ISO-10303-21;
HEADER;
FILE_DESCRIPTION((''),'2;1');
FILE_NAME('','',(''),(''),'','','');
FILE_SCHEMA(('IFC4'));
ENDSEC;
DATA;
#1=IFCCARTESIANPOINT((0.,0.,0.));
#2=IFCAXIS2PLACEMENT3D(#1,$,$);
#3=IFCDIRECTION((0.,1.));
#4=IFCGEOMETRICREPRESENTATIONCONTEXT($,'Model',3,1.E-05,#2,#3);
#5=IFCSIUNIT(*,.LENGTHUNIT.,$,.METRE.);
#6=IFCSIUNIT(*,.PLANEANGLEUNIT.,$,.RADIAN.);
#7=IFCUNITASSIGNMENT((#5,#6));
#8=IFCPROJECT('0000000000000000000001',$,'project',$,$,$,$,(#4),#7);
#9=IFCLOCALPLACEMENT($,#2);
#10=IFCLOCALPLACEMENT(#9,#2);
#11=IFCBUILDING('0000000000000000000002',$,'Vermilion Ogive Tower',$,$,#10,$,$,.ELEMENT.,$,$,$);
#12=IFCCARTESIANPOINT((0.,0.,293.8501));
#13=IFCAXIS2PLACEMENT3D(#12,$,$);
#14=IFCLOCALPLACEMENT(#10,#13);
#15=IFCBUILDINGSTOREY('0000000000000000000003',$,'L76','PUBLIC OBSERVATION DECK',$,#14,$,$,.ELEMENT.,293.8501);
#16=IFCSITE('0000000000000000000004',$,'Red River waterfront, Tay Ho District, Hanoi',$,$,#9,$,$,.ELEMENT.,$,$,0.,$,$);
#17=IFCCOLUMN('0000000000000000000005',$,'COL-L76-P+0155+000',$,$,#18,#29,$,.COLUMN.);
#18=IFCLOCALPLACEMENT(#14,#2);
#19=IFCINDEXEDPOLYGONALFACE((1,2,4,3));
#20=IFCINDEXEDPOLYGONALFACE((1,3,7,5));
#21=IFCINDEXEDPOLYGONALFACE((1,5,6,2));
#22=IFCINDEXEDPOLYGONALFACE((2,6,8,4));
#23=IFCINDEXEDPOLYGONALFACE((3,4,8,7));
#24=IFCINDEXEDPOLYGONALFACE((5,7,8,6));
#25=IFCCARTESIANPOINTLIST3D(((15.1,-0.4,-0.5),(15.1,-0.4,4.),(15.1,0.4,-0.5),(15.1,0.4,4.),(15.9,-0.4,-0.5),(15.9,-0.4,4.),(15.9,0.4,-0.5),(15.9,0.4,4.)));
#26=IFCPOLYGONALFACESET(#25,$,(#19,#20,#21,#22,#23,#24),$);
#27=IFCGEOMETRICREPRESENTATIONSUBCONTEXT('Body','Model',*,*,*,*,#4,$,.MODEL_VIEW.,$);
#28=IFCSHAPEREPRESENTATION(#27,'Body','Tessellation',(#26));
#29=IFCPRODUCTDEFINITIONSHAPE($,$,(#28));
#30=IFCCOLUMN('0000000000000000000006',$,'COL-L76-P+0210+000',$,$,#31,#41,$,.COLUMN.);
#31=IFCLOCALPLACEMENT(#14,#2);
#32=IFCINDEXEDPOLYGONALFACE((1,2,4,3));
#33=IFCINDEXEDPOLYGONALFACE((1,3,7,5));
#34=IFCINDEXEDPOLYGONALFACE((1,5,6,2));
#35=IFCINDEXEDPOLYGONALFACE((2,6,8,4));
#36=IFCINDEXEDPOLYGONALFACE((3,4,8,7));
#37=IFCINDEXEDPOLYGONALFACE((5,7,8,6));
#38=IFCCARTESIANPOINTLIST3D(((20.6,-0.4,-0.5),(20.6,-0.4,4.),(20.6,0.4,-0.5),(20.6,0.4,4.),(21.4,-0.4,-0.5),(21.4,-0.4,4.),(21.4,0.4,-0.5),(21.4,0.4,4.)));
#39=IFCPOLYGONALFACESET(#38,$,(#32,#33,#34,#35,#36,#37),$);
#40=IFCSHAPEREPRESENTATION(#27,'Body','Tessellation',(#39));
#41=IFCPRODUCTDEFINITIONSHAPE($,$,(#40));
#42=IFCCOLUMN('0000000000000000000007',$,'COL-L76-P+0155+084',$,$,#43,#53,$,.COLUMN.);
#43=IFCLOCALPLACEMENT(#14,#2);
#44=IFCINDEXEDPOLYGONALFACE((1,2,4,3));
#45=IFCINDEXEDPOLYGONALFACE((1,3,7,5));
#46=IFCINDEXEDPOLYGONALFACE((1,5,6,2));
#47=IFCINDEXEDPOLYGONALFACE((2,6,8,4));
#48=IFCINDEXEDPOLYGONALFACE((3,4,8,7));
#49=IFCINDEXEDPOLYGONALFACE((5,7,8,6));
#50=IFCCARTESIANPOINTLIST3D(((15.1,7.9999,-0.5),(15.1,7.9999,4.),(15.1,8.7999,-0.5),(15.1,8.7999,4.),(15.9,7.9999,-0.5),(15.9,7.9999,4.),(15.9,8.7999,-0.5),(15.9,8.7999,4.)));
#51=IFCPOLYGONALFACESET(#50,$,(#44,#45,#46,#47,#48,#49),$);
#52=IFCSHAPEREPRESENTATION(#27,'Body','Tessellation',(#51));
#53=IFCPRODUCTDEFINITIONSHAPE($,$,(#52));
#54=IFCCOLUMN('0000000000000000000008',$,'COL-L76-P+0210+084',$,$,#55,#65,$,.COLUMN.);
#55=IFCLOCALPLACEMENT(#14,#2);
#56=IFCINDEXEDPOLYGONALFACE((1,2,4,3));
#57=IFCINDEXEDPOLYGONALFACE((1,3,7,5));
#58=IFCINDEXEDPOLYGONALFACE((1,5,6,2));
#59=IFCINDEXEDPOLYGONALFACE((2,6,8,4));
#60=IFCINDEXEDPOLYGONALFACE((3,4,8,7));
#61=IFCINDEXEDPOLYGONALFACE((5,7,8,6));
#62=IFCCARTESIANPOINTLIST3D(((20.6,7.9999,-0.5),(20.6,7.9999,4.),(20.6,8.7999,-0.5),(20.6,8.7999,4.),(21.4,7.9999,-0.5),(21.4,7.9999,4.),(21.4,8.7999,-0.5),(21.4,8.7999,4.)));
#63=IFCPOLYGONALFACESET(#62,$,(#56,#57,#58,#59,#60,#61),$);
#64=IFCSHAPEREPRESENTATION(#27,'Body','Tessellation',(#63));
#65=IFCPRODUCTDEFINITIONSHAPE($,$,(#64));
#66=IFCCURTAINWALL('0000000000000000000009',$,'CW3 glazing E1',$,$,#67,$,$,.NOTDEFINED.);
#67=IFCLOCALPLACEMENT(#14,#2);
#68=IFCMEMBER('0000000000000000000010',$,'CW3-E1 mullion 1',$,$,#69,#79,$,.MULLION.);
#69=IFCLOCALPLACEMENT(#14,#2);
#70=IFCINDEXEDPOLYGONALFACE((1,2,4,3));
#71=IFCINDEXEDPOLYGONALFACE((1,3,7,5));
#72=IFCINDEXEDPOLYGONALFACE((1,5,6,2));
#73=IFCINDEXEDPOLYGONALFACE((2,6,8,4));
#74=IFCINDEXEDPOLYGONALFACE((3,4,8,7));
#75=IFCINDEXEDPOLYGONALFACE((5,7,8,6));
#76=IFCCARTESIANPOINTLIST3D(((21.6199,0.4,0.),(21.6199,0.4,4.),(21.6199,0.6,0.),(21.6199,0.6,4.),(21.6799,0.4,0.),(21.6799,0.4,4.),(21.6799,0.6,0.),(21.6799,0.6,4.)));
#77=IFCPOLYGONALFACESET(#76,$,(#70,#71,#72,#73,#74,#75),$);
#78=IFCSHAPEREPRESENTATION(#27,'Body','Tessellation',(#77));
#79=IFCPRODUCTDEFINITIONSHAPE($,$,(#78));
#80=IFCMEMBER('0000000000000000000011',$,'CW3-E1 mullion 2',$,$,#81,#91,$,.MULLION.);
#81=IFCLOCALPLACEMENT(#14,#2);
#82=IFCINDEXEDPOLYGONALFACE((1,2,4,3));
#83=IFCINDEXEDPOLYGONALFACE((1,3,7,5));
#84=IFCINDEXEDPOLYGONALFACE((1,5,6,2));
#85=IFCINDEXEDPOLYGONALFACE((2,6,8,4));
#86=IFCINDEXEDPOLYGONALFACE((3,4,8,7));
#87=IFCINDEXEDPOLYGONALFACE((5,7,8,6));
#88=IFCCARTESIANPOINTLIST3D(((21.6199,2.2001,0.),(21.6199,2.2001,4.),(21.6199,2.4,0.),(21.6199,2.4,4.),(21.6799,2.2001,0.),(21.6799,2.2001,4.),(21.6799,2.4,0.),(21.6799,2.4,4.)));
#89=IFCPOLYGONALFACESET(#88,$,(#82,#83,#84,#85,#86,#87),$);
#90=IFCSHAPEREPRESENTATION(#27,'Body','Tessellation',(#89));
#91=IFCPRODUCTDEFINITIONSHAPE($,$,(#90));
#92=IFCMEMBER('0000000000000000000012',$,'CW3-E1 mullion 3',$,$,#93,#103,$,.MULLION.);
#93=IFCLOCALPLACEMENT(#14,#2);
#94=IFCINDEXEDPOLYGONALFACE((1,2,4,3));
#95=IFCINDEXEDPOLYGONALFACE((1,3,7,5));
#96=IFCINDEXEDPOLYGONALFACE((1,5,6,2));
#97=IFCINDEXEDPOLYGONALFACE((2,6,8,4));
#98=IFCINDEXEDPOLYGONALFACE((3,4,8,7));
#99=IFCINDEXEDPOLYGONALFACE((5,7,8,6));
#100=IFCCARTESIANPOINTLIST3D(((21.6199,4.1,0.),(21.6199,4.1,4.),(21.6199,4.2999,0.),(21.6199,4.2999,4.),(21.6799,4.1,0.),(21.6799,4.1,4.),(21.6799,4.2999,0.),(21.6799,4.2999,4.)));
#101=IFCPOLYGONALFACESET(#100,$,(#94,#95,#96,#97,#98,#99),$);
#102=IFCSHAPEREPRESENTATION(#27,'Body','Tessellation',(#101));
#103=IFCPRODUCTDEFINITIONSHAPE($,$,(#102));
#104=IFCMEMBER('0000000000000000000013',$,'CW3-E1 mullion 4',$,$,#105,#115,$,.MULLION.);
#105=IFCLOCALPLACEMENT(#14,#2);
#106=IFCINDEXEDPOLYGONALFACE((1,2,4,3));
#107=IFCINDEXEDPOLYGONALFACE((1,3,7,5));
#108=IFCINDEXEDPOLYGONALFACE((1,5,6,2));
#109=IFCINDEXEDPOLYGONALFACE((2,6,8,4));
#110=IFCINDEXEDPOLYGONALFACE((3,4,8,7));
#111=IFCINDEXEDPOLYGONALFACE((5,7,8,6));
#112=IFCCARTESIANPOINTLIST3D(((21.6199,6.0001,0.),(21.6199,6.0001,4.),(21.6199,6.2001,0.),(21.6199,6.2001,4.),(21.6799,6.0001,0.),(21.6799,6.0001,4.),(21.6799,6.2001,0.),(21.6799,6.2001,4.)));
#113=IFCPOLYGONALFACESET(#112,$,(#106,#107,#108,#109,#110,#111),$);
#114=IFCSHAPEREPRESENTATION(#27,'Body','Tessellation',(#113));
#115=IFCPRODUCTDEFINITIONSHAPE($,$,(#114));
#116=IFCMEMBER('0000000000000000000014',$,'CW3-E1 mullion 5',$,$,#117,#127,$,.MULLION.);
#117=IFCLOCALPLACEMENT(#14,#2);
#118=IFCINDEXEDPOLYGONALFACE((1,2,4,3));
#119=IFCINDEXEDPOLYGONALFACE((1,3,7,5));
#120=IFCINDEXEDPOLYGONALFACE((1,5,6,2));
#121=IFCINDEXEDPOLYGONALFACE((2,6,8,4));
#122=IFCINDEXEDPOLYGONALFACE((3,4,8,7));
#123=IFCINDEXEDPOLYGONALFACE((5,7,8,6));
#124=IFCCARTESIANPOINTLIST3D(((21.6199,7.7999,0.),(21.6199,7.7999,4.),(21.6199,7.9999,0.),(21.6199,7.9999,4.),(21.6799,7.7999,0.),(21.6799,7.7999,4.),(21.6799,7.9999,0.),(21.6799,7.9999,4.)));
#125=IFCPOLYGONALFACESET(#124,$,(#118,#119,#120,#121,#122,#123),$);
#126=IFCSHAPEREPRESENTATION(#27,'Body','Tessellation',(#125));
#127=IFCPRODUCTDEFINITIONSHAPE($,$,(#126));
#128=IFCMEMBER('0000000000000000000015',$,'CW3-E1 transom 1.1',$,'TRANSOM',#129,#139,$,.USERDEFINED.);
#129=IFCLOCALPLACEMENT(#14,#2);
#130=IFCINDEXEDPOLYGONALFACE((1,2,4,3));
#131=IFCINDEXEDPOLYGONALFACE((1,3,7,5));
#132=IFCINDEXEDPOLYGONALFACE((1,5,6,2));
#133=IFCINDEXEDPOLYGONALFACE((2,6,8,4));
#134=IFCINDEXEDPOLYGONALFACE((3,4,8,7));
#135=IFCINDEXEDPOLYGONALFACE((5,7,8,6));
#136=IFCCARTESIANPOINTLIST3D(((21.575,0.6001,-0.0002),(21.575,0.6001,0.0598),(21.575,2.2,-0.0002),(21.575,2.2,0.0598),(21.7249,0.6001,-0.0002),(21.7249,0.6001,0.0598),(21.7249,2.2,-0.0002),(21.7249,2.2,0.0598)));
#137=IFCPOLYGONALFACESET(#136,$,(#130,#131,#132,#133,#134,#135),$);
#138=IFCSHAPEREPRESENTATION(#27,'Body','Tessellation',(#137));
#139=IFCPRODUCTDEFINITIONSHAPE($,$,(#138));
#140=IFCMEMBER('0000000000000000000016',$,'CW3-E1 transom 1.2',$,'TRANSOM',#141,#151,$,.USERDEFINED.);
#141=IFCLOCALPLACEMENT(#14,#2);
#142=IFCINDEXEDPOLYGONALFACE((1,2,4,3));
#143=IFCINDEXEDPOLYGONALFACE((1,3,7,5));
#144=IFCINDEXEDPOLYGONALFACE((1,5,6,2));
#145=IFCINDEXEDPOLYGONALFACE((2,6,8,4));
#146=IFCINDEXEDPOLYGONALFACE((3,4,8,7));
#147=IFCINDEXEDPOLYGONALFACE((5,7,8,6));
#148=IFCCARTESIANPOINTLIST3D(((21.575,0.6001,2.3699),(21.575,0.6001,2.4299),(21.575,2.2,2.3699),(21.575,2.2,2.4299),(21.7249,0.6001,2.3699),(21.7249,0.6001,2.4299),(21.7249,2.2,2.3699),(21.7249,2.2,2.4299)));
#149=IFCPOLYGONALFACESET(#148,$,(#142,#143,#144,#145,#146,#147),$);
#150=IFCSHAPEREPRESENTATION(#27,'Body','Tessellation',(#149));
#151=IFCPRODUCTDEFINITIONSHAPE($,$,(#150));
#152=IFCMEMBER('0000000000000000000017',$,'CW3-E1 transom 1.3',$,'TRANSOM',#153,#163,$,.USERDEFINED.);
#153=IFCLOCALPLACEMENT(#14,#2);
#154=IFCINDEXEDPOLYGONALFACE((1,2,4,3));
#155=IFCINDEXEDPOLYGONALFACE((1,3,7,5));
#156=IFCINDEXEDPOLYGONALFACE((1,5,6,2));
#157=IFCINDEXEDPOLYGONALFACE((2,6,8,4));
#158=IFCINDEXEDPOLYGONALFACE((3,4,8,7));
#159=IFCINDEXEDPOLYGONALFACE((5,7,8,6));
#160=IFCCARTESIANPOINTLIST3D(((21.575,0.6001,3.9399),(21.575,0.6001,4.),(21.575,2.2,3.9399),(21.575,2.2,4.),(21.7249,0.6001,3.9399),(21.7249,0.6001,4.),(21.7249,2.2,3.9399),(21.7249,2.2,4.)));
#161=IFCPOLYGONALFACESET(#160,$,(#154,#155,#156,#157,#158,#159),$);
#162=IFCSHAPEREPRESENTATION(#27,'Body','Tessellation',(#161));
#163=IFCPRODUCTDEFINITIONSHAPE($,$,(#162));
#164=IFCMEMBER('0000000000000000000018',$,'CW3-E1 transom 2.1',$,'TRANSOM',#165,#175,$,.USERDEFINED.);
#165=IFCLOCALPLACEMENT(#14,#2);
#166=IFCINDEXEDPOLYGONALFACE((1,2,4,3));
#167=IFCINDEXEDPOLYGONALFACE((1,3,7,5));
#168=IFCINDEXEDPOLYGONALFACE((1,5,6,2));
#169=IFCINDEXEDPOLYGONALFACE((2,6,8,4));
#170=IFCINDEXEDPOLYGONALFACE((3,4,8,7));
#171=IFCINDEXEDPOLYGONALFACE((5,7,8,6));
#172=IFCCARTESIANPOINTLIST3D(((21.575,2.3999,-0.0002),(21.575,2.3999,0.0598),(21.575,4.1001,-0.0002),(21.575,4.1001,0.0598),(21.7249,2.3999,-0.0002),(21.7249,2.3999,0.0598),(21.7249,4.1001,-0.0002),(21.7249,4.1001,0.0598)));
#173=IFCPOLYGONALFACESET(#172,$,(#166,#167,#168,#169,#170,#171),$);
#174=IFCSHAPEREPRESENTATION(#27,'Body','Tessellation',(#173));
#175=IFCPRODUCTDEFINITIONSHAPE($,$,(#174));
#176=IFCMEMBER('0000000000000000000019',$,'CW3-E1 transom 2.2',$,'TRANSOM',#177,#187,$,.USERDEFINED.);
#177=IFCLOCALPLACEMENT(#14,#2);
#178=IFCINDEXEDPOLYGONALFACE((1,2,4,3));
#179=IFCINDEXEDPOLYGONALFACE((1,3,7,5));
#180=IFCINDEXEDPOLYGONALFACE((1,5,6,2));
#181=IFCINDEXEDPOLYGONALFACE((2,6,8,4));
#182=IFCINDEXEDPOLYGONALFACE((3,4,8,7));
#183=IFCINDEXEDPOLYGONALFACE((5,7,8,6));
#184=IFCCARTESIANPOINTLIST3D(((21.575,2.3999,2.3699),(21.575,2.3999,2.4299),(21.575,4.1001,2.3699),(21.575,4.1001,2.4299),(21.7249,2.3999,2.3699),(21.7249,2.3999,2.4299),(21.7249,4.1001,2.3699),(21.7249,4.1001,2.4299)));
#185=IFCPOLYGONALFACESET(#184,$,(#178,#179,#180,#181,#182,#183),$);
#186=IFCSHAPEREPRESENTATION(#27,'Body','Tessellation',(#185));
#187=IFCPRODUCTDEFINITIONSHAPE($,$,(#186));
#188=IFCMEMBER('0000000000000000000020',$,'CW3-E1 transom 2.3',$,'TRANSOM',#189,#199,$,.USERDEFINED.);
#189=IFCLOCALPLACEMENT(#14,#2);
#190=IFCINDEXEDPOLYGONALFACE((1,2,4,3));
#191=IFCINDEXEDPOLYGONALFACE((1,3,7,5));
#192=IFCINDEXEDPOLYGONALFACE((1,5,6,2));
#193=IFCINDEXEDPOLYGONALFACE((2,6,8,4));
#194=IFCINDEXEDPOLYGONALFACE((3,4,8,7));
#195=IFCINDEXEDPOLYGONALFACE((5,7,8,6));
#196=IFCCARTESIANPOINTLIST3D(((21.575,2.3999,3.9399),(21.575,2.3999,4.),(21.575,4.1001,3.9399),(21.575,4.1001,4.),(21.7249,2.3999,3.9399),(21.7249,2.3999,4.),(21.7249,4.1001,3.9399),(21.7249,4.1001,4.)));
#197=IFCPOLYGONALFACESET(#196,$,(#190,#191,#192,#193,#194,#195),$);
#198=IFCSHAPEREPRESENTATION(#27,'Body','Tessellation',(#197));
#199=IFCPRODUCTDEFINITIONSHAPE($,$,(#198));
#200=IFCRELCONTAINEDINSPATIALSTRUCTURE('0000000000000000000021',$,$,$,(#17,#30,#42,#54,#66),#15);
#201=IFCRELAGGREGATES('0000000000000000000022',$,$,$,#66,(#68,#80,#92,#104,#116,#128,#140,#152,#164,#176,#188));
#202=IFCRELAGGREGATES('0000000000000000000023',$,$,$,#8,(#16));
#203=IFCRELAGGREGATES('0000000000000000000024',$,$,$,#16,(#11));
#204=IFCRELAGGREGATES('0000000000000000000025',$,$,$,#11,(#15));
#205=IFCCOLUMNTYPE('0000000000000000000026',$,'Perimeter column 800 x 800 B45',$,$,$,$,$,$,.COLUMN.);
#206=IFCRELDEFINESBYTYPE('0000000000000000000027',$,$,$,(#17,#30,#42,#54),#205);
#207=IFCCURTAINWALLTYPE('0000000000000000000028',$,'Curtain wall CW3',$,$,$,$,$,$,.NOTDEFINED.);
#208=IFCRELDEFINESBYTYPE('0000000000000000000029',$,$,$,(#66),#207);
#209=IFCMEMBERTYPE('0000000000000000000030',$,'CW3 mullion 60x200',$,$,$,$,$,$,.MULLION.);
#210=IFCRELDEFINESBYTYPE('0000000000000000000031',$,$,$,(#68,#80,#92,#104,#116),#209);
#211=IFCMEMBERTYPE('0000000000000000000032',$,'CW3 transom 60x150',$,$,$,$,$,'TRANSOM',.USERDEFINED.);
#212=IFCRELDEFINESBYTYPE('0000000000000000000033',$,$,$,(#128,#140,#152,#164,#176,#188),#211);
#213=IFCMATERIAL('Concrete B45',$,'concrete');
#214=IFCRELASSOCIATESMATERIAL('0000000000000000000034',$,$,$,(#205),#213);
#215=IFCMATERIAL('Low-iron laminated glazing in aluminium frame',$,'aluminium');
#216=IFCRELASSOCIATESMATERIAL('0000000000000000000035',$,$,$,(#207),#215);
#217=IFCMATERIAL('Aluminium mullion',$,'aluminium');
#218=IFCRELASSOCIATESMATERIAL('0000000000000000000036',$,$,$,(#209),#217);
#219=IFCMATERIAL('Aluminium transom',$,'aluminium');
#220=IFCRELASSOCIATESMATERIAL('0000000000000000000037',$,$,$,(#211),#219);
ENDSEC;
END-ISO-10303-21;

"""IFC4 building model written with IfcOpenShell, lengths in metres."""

from ifc_helpers import new_model, si_unit, direction, frame, origin, origin_2d, place, context, subcontext, project, spatial, rectangle, extrude, material, material_profile, profile_set, type_object, element, aggregate, save


model = new_model("IFC4")

# Units and contexts
model_context = context("Model", 3, precision=1e-05, world=origin(), true_north=direction((0.0, 1.0)))
body_context = subcontext(model_context, "Body", "Model", "MODEL_VIEW")
ifc_project = project(units=[si_unit("LENGTHUNIT", "METRE"), si_unit("PLANEANGLEUNIT", "RADIAN")], contexts=[model_context])

# Site, building, storey
site_placement = place(None, origin())
site = spatial("IfcSite", under=ifc_project, at=site_placement, Name="Red River waterfront, Tay Ho District, Hanoi", CompositionType="ELEMENT", RefElevation=0.0)
building_placement = place(site_placement, origin())
building = spatial("IfcBuilding", under=site, at=building_placement, Name="Vermilion Ogive Tower", CompositionType="ELEMENT")
storey_placement = place(building_placement, frame((0.0, 0.0, 293.8501)))
storey = spatial("IfcBuildingStorey", under=building, at=storey_placement, Name="L76", Description="PUBLIC OBSERVATION DECK", CompositionType="ELEMENT", Elevation=293.8501)

# Columns
ifc_material_1 = material(Name="Concrete B45", Category="concrete")
ifc_material_profile_1 = material_profile(ifc_material_1, rectangle(XDim=0.8, YDim=0.8, at=origin_2d()), Name="800 x 800")
ifc_profile_set_1 = profile_set([ifc_material_profile_1], Name="Concrete B45")
column_type = type_object("IfcColumnType", Name="Perimeter column 800 x 800 B45", PredefinedType="COLUMN", material=ifc_profile_set_1)
for number, where, z_axis, x_axis, name in (
    (1, (15.5, 0.0, -0.5), (0.0, 0.0, 1.0), (1.0, 0.0, 0.0), "COL-L76-P+0155+000"),
    (2, (21.0, 0.0, -0.5), (0.0, 0.0, 1.0), (1.0, 0.0, 0.0), "COL-L76-P+0210+000"),
    (3, (15.5, 8.3999, -0.5), (0.0, 0.0, 1.0), (1.0, 0.0, 0.0), "COL-L76-P+0155+084"),
    (4, (21.0, 8.3999, -0.5), (0.0, 0.0, 1.0), (1.0, 0.0, 0.0), "COL-L76-P+0210+084"),
):
    element("IfcColumn", number, at=place(storey_placement, frame(where, z_axis=z_axis, x_axis=x_axis)), inside=storey, type_object=column_type, Name=name, PredefinedType="COLUMN", context=body_context, shape_type="SweptSolid", body=[
        extrude(rectangle(XDim=0.8, YDim=0.8, at=origin_2d()), origin(), (0.0, 0.0, 1.0), 4.5),
    ])

# Curtain wall, members
ifc_material_2 = material(Name="Low-iron laminated glazing in aluminium frame", Category="aluminium")
curtain_wall_type = type_object("IfcCurtainWallType", Name="Curtain wall CW3", PredefinedType="NOTDEFINED", material=ifc_material_2)
curtain_wall_placement = place(storey_placement, origin())
curtain_wall = element("IfcCurtainWall", 5, at=curtain_wall_placement, inside=storey, type_object=curtain_wall_type, Name="CW3 glazing E1", PredefinedType="NOTDEFINED")
ifc_material_3 = material(Name="Aluminium mullion", Category="aluminium")
ifc_material_profile_2 = material_profile(ifc_material_3, rectangle(XDim=0.0601, YDim=0.2, at=origin_2d()), Name="AL 60x200")
ifc_profile_set_2 = profile_set([ifc_material_profile_2], Name="Aluminium mullion")
member_type_1 = type_object("IfcMemberType", Name="CW3 mullion 60x200", PredefinedType="MULLION", material=ifc_profile_set_2)
member_1_placement = place(storey_placement, frame((21.6499, 0.5, 0.0), z_axis=(0.0, 0.0, 1.0), x_axis=(-1.0, 0.0, 0.0)))
member_1 = element("IfcMember", 6, at=member_1_placement, type_object=member_type_1, Name="CW3-E1 mullion 1", PredefinedType="MULLION", context=body_context, shape_type="SweptSolid", body=[
    extrude(rectangle(XDim=0.0601, YDim=0.2, at=origin_2d()), origin(), (0.0, 0.0, 1.0), 4.0),
])
member_2_placement = place(storey_placement, frame((21.6499, 2.3, 0.0), z_axis=(0.0, 0.0, 1.0), x_axis=(-1.0, 0.0, 0.0)))
member_2 = element("IfcMember", 7, at=member_2_placement, type_object=member_type_1, Name="CW3-E1 mullion 2", PredefinedType="MULLION", context=body_context, shape_type="SweptSolid", body=[
    extrude(rectangle(XDim=0.0601, YDim=0.2, at=origin_2d()), origin(), (0.0, 0.0, 1.0), 4.0),
])
member_3_placement = place(storey_placement, frame((21.6499, 4.2, 0.0), z_axis=(0.0, 0.0, 1.0), x_axis=(-1.0, 0.0, 0.0)))
member_3 = element("IfcMember", 8, at=member_3_placement, type_object=member_type_1, Name="CW3-E1 mullion 3", PredefinedType="MULLION", context=body_context, shape_type="SweptSolid", body=[
    extrude(rectangle(XDim=0.0601, YDim=0.2, at=origin_2d()), origin(), (0.0, 0.0, 1.0), 4.0),
])
member_4_placement = place(storey_placement, frame((21.6499, 6.1001, 0.0), z_axis=(0.0, 0.0, 1.0), x_axis=(-1.0, 0.0, 0.0)))
member_4 = element("IfcMember", 9, at=member_4_placement, type_object=member_type_1, Name="CW3-E1 mullion 4", PredefinedType="MULLION", context=body_context, shape_type="SweptSolid", body=[
    extrude(rectangle(XDim=0.0601, YDim=0.2, at=origin_2d()), origin(), (0.0, 0.0, 1.0), 4.0),
])
member_5_placement = place(storey_placement, frame((21.6499, 7.8999, 0.0), z_axis=(0.0, 0.0, 1.0), x_axis=(-1.0, 0.0, 0.0)))
member_5 = element("IfcMember", 10, at=member_5_placement, type_object=member_type_1, Name="CW3-E1 mullion 5", PredefinedType="MULLION", context=body_context, shape_type="SweptSolid", body=[
    extrude(rectangle(XDim=0.0601, YDim=0.2, at=origin_2d()), origin(), (0.0, 0.0, 1.0), 4.0),
])
ifc_material_4 = material(Name="Aluminium transom", Category="aluminium")
ifc_material_profile_3 = material_profile(ifc_material_4, rectangle(XDim=0.1499, YDim=0.0601, at=origin_2d()), Name="AL 60x150")
ifc_profile_set_3 = profile_set([ifc_material_profile_3], Name="Aluminium transom")
member_type_2 = type_object("IfcMemberType", Name="CW3 transom 60x150", ElementType="TRANSOM", PredefinedType="USERDEFINED", material=ifc_profile_set_3)
member_6_placement = place(storey_placement, frame((21.6499, 0.6001, 0.0298), z_axis=(0.0, 1.0, 0.0), x_axis=(-1.0, 0.0, 0.0)))
member_6 = element("IfcMember", 11, at=member_6_placement, type_object=member_type_2, Name="CW3-E1 transom 1.1", ObjectType="TRANSOM", PredefinedType="USERDEFINED", context=body_context, shape_type="SweptSolid", body=[
    extrude(rectangle(XDim=0.1499, YDim=0.0601, at=origin_2d()), origin(), (0.0, 0.0, 1.0), 1.5999),
])
member_7_placement = place(storey_placement, frame((21.6499, 0.6001, 2.3999), z_axis=(0.0, 1.0, 0.0), x_axis=(-1.0, 0.0, 0.0)))
member_7 = element("IfcMember", 12, at=member_7_placement, type_object=member_type_2, Name="CW3-E1 transom 1.2", ObjectType="TRANSOM", PredefinedType="USERDEFINED", context=body_context, shape_type="SweptSolid", body=[
    extrude(rectangle(XDim=0.1499, YDim=0.0601, at=origin_2d()), origin(), (0.0, 0.0, 1.0), 1.5999),
])
member_8_placement = place(storey_placement, frame((21.6499, 0.6001, 3.97), z_axis=(0.0, 1.0, 0.0), x_axis=(-1.0, 0.0, 0.0)))
member_8 = element("IfcMember", 13, at=member_8_placement, type_object=member_type_2, Name="CW3-E1 transom 1.3", ObjectType="TRANSOM", PredefinedType="USERDEFINED", context=body_context, shape_type="SweptSolid", body=[
    extrude(rectangle(XDim=0.1499, YDim=0.0601, at=origin_2d()), origin(), (0.0, 0.0, 1.0), 1.5999),
])
member_9_placement = place(storey_placement, frame((21.6499, 2.3999, 0.0298), z_axis=(0.0, 1.0, 0.0), x_axis=(-1.0, 0.0, 0.0)))
member_9 = element("IfcMember", 14, at=member_9_placement, type_object=member_type_2, Name="CW3-E1 transom 2.1", ObjectType="TRANSOM", PredefinedType="USERDEFINED", context=body_context, shape_type="SweptSolid", body=[
    extrude(rectangle(XDim=0.1499, YDim=0.0601, at=origin_2d()), origin(), (0.0, 0.0, 1.0), 1.7002),
])
member_10_placement = place(storey_placement, frame((21.6499, 2.3999, 2.3999), z_axis=(0.0, 1.0, 0.0), x_axis=(-1.0, 0.0, 0.0)))
member_10 = element("IfcMember", 15, at=member_10_placement, type_object=member_type_2, Name="CW3-E1 transom 2.2", ObjectType="TRANSOM", PredefinedType="USERDEFINED", context=body_context, shape_type="SweptSolid", body=[
    extrude(rectangle(XDim=0.1499, YDim=0.0601, at=origin_2d()), origin(), (0.0, 0.0, 1.0), 1.7002),
])
member_11_placement = place(storey_placement, frame((21.6499, 2.3999, 3.97), z_axis=(0.0, 1.0, 0.0), x_axis=(-1.0, 0.0, 0.0)))
member_11 = element("IfcMember", 16, at=member_11_placement, type_object=member_type_2, Name="CW3-E1 transom 2.3", ObjectType="TRANSOM", PredefinedType="USERDEFINED", context=body_context, shape_type="SweptSolid", body=[
    extrude(rectangle(XDim=0.1499, YDim=0.0601, at=origin_2d()), origin(), (0.0, 0.0, 1.0), 1.7002),
])
aggregate(curtain_wall, [member_1, member_2, member_3, member_4, member_5, member_6, member_7, member_8, member_9, member_10, member_11])

save(model, "model.ifc")
